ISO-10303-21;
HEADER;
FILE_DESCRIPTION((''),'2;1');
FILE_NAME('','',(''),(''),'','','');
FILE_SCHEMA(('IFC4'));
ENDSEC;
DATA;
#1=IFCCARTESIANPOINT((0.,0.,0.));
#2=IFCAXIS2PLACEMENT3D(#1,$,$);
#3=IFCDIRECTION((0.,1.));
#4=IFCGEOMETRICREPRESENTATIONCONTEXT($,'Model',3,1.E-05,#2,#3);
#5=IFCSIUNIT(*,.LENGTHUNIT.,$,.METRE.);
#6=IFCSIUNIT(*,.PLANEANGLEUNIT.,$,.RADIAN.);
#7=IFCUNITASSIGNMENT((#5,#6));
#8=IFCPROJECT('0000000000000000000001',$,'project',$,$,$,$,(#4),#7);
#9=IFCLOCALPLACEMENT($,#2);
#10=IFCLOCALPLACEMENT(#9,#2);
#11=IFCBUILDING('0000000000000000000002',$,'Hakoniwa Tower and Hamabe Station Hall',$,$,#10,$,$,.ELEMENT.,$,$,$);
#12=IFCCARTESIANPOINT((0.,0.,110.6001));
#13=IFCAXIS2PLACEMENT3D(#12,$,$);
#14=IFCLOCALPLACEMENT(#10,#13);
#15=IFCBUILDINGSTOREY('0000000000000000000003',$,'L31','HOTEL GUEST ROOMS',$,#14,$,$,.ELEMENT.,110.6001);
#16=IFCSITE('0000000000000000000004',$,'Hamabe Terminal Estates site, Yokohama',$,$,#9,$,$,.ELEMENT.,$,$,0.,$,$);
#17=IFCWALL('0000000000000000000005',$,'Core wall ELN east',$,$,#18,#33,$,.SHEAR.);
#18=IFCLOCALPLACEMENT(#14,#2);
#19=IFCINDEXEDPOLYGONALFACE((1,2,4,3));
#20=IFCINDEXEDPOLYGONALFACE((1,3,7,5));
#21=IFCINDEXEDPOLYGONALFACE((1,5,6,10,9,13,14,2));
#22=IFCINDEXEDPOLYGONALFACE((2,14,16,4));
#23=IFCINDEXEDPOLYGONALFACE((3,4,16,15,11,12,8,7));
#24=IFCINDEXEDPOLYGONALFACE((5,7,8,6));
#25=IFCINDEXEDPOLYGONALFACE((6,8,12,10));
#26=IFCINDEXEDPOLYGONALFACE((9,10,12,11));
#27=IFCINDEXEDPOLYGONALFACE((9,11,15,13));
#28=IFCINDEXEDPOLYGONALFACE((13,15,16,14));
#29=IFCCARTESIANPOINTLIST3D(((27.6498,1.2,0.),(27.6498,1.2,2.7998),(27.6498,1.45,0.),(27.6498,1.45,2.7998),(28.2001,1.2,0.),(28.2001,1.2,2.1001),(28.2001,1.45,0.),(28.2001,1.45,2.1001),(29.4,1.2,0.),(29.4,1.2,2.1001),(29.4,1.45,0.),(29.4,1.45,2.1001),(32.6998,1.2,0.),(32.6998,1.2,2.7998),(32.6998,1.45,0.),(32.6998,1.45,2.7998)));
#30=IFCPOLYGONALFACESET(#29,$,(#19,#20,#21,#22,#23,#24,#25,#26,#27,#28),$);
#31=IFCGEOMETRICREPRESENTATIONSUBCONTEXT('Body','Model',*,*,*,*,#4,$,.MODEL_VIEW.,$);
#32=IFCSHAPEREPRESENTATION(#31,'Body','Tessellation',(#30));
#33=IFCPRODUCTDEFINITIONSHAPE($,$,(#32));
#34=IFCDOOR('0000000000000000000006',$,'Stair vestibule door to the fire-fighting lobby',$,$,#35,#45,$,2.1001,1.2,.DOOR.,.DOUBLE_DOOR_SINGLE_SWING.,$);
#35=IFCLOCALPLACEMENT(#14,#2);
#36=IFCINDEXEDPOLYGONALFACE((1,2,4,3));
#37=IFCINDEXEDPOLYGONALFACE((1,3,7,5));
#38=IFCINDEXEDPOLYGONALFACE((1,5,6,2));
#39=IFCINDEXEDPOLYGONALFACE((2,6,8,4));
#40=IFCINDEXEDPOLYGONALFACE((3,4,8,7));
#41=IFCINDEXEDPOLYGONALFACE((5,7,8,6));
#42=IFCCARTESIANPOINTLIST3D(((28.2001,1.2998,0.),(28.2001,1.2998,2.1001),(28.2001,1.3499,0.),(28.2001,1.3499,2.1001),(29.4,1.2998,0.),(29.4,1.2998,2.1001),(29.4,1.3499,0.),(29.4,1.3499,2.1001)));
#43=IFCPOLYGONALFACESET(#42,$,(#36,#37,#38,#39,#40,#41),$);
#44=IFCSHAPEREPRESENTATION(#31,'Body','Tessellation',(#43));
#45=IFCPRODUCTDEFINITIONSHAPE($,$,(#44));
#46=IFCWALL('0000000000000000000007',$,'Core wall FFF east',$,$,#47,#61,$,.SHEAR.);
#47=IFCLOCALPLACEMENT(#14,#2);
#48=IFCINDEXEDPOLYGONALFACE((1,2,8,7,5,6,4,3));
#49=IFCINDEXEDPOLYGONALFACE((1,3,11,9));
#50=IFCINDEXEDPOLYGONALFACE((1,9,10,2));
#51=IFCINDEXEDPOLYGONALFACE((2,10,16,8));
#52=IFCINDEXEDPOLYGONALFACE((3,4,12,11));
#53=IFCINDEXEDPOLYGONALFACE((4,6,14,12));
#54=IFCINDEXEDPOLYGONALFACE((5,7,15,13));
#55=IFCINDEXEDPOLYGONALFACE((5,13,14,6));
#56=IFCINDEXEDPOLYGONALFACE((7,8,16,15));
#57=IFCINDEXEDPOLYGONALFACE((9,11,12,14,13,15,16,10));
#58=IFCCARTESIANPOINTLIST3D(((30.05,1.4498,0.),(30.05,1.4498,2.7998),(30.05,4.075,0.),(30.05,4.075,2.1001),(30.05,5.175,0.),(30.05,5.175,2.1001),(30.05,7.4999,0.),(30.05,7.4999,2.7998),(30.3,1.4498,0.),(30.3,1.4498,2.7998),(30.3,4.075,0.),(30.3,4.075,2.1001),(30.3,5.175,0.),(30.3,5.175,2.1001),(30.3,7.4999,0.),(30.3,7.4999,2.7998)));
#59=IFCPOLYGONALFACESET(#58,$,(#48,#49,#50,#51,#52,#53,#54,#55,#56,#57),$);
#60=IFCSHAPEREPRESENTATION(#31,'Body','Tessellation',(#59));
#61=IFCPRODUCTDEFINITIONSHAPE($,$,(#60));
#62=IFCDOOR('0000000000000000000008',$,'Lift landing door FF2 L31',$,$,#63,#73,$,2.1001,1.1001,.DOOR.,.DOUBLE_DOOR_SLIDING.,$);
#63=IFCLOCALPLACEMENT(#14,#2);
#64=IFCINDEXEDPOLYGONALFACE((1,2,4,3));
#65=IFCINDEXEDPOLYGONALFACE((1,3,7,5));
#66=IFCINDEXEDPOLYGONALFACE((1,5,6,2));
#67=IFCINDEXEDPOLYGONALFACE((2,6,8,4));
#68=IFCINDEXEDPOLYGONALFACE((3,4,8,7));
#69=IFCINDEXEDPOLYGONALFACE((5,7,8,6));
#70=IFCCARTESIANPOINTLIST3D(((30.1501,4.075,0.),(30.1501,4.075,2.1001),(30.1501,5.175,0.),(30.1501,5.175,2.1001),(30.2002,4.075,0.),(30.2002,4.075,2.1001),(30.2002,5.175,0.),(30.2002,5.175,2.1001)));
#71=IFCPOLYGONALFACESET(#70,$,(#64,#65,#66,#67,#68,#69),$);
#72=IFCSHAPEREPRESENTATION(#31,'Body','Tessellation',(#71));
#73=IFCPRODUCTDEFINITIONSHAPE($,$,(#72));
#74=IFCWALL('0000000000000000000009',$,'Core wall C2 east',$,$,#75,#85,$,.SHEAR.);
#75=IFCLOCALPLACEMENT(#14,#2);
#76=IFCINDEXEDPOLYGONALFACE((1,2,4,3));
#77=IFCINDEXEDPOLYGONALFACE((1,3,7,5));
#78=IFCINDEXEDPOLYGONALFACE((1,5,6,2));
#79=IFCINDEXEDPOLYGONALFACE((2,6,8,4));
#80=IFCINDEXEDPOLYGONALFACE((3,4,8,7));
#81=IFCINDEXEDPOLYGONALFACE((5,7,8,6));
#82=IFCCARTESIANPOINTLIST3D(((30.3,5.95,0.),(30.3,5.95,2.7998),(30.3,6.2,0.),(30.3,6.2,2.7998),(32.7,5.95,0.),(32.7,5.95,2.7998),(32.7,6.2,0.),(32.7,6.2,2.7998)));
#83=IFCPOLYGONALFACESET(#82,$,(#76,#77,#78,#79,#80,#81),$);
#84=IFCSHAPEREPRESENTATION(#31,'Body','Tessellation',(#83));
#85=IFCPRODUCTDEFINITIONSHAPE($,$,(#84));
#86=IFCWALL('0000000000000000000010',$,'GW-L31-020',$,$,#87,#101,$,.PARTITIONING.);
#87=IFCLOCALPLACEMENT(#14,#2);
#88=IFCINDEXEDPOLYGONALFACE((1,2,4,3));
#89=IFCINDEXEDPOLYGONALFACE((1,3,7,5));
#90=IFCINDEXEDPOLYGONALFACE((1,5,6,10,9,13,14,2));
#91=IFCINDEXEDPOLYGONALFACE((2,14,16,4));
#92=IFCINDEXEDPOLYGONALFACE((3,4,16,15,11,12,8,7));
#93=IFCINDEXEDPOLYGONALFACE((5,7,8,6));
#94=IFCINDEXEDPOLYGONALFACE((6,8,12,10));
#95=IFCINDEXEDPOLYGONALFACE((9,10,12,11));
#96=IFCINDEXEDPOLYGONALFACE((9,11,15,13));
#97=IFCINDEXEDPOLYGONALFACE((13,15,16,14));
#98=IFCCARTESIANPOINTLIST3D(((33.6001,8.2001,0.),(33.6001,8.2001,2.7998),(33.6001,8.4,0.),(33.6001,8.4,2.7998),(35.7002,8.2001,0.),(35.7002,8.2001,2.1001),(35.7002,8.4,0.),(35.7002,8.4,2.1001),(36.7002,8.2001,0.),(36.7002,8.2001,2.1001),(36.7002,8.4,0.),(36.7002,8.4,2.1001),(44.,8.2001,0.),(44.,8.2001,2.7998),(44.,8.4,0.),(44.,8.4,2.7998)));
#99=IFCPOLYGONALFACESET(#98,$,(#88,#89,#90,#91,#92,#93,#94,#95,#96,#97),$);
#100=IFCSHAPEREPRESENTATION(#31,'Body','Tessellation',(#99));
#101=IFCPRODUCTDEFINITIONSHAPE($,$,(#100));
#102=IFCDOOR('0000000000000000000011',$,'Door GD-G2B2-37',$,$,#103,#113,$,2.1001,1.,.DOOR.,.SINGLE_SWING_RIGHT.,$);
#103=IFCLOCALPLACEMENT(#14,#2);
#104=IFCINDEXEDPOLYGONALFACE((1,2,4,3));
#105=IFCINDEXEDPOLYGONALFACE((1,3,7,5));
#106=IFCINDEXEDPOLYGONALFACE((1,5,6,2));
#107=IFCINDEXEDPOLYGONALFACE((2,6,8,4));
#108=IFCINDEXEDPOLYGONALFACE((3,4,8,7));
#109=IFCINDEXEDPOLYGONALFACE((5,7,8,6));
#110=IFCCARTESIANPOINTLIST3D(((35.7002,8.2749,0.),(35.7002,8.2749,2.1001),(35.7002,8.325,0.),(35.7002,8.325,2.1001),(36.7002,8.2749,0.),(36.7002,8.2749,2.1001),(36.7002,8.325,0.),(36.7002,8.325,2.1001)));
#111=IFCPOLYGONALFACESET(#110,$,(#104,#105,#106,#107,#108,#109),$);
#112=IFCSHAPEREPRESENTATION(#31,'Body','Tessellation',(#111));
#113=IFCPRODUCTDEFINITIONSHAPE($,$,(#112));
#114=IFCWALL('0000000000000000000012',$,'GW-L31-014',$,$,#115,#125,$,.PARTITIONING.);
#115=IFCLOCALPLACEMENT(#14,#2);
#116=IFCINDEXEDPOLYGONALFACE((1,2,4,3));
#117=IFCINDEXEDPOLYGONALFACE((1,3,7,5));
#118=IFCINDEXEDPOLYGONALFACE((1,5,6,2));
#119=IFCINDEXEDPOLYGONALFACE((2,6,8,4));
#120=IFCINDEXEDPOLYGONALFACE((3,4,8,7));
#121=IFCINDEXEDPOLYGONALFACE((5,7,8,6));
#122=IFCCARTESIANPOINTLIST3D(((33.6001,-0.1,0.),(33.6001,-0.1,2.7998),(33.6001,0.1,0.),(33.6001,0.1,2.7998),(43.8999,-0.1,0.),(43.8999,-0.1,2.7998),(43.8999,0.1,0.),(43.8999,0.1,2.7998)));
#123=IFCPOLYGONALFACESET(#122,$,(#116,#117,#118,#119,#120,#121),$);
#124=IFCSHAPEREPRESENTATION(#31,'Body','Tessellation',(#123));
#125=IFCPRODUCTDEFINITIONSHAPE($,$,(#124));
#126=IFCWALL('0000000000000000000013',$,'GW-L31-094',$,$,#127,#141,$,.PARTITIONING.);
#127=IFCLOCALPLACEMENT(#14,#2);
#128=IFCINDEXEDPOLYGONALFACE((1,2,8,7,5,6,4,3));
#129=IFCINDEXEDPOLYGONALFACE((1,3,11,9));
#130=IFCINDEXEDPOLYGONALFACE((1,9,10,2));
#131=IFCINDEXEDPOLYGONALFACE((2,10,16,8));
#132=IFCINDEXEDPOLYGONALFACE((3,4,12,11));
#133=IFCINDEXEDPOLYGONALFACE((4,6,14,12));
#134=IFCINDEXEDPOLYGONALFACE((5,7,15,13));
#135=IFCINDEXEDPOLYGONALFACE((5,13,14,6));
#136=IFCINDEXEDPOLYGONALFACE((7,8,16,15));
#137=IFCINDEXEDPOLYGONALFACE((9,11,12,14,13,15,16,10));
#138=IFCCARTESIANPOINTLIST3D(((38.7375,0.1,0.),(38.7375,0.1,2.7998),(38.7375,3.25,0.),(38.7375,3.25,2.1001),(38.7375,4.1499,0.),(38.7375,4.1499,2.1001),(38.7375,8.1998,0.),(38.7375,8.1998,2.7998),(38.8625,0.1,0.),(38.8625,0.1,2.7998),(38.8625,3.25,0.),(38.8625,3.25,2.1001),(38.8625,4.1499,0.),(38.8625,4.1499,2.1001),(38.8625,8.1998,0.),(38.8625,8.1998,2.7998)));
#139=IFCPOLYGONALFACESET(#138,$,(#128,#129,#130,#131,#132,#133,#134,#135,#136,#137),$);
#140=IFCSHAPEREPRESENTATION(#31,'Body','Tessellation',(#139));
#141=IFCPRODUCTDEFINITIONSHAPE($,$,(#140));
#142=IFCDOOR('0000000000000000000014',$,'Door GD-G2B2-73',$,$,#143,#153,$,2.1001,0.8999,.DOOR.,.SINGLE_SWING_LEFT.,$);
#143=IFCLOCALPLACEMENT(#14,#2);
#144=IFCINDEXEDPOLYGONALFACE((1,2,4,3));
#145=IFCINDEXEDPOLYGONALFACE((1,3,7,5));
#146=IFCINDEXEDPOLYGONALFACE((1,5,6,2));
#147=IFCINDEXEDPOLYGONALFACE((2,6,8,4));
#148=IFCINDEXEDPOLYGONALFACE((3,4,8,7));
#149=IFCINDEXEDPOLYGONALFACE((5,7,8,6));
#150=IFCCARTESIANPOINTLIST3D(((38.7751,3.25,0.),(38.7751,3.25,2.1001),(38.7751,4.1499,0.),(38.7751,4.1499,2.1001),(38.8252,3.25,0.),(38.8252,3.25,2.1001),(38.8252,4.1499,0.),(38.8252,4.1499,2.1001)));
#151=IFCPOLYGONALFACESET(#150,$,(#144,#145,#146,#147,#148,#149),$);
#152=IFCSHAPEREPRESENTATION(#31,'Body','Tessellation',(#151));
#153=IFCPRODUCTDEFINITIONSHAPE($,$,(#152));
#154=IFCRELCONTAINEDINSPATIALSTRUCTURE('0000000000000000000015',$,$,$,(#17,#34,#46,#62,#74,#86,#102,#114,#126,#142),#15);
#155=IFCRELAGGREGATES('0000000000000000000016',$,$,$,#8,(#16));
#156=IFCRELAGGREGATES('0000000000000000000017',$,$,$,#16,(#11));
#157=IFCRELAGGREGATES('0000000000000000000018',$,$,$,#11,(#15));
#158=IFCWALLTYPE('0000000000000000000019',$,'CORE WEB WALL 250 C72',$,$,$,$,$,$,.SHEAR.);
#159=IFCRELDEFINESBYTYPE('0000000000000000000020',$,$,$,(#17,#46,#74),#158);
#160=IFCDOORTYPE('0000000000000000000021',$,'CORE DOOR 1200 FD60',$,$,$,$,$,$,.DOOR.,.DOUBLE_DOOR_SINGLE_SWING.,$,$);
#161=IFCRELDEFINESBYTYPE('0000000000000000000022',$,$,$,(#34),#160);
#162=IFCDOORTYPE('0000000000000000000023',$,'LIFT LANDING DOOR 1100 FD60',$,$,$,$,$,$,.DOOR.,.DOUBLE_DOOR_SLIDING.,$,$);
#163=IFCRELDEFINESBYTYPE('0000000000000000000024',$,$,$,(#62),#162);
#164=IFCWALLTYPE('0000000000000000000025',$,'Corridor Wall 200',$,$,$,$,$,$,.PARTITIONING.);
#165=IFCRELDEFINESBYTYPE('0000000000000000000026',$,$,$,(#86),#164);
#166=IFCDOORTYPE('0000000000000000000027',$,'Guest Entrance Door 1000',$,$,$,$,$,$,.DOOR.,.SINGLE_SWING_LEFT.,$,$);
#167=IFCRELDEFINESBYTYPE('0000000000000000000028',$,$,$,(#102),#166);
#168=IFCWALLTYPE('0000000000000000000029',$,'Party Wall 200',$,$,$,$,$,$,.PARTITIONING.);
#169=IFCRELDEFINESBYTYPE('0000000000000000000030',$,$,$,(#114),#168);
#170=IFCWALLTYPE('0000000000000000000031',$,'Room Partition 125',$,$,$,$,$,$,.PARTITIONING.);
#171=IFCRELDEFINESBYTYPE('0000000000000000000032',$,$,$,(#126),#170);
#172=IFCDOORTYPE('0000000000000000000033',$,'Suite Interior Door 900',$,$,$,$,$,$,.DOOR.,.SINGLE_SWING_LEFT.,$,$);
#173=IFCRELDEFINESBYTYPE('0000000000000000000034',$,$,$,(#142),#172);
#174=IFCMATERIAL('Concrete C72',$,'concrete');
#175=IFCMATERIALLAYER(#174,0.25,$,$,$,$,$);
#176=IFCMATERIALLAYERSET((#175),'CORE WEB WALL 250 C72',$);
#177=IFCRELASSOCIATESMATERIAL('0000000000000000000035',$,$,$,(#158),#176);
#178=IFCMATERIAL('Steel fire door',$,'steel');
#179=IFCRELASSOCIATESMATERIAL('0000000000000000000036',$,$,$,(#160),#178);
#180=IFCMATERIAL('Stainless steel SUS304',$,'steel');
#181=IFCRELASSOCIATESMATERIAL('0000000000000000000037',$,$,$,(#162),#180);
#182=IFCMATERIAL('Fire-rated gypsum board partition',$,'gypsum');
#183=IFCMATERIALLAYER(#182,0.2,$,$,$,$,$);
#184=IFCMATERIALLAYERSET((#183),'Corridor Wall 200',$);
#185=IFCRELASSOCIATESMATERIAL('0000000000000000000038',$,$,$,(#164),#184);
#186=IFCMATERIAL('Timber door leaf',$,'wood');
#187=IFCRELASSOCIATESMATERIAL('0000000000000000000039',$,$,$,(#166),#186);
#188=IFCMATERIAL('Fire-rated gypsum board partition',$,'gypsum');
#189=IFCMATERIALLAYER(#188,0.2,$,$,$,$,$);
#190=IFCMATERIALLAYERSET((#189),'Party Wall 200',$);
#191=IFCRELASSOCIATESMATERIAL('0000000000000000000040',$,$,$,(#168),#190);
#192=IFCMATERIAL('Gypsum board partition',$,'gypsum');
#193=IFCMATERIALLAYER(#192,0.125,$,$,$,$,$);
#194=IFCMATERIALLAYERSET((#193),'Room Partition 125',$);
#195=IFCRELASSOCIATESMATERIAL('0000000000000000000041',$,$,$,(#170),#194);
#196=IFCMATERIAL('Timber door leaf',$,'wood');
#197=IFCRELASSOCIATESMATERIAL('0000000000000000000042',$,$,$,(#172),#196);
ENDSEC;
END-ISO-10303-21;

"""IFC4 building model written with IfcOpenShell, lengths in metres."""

from ifc_helpers import new_model, si_unit, direction, frame, frame_2d, origin, place, context, subcontext, project, spatial, rectangle, extrude, material, layer, layer_set, type_object, element, fill, save


model = new_model("IFC4")

# Units and contexts
model_context = context("Model", 3, precision=1e-05, world=origin(), true_north=direction((0.0, 1.0)))
body_context = subcontext(model_context, "Body", "Model", "MODEL_VIEW")
ifc_project = project(units=[si_unit("LENGTHUNIT", "METRE"), si_unit("PLANEANGLEUNIT", "RADIAN")], contexts=[model_context])

# Site, building, storey
site_placement = place(None, origin())
site = spatial("IfcSite", under=ifc_project, at=site_placement, Name="Hamabe Terminal Estates site, Yokohama", CompositionType="ELEMENT", RefElevation=0.0)
building_placement = place(site_placement, origin())
building = spatial("IfcBuilding", under=site, at=building_placement, Name="Hakoniwa Tower and Hamabe Station Hall", CompositionType="ELEMENT")
storey_placement = place(building_placement, frame((0.0, 0.0, 110.6001)))
storey = spatial("IfcBuildingStorey", under=building, at=storey_placement, Name="L31", Description="HOTEL GUEST ROOMS", CompositionType="ELEMENT", Elevation=110.6001)

# Shared definitions
ifc_material_1 = material(Name="Concrete C72", Category="concrete")
ifc_layer_1 = layer(ifc_material_1, 0.25)
ifc_layer_set_1 = layer_set([ifc_layer_1], Name="CORE WEB WALL 250 C72")
wall_type_1 = type_object("IfcWallType", Name="CORE WEB WALL 250 C72", PredefinedType="SHEAR", material=ifc_layer_set_1)

# Walls, openings, doors
ifc_material_2 = material(Name="Steel fire door", Category="steel")
door_type_1 = type_object("IfcDoorType", Name="CORE DOOR 1200 FD60", OperationType="DOUBLE_DOOR_SINGLE_SWING", PredefinedType="DOOR", material=ifc_material_2)
wall_1_placement = place(storey_placement, frame((27.6499, 1.325, 0.0), z_axis=(0.0, 0.0, 1.0), x_axis=(1.0, 0.0, 0.0)))
wall_1 = element("IfcWall", 1, at=wall_1_placement, inside=storey, type_object=wall_type_1, Name="Core wall ELN east", PredefinedType="SHEAR", context=body_context, shape_type="SweptSolid", body=[
    extrude(rectangle(XDim=5.05, YDim=0.25, at=frame_2d((2.5249, 0.0))), origin(), (0.0, 0.0, 1.0), 2.7998),
])
opening_1_placement = place(wall_1_placement, frame((0.55, 0.0, 0.0)))
opening_1 = element("IfcOpeningElement", 2, at=opening_1_placement, cuts=wall_1, PredefinedType="OPENING", context=body_context, shape_type="SweptSolid", body=[
    extrude(rectangle(XDim=1.2, YDim=2.1001, at=frame_2d((0.6001, 1.05))), frame((0.0, 0.135, 0.0), z_axis=(0.0, -1.0, 0.0), x_axis=(1.0, 0.0, 0.0)), (0.0, 0.0, 1.0), 0.27),
])
door_1_placement = place(opening_1_placement, origin())
door_1 = element("IfcDoor", 3, at=door_1_placement, inside=storey, type_object=door_type_1, Name="Stair vestibule door to the fire-fighting lobby", OperationType="DOUBLE_DOOR_SINGLE_SWING", OverallHeight=2.1001, OverallWidth=1.2, PredefinedType="DOOR", context=body_context, shape_type="SweptSolid", body=[
    extrude(rectangle(XDim=1.2, YDim=2.1001, at=frame_2d((0.6001, 1.05))), frame((0.0, 0.0249, 0.0), z_axis=(0.0, -1.0, 0.0), x_axis=(1.0, 0.0, 0.0)), (0.0, 0.0, 1.0), 0.05),
])
fill(opening_1, door_1)
wall_2_placement = place(storey_placement, frame((30.175, 1.45, 0.0), z_axis=(0.0, 0.0, 1.0), x_axis=(0.0, 1.0, 0.0)))
wall_2 = element("IfcWall", 4, at=wall_2_placement, inside=storey, type_object=wall_type_1, Name="Core wall FFF east", PredefinedType="SHEAR", context=body_context, shape_type="SweptSolid", body=[
    extrude(rectangle(XDim=6.05, YDim=0.25, at=frame_2d((3.0249, 0.0))), origin(), (0.0, 0.0, 1.0), 2.7998),
])
opening_2_placement = place(wall_2_placement, frame((2.625, 0.0, 0.0)))
opening_2 = element("IfcOpeningElement", 5, at=opening_2_placement, cuts=wall_2, PredefinedType="OPENING", context=body_context, shape_type="SweptSolid", body=[
    extrude(rectangle(XDim=1.1001, YDim=2.1001, at=frame_2d((0.55, 1.05))), frame((0.0, 0.135, 0.0), z_axis=(0.0, -1.0, 0.0), x_axis=(1.0, 0.0, 0.0)), (0.0, 0.0, 1.0), 0.27),
])
ifc_material_3 = material(Name="Stainless steel SUS304", Category="steel")
door_type_2 = type_object("IfcDoorType", Name="LIFT LANDING DOOR 1100 FD60", OperationType="DOUBLE_DOOR_SLIDING", PredefinedType="DOOR", material=ifc_material_3)
door_2_placement = place(opening_2_placement, origin())
door_2 = element("IfcDoor", 6, at=door_2_placement, inside=storey, type_object=door_type_2, Name="Lift landing door FF2 L31", OperationType="DOUBLE_DOOR_SLIDING", OverallHeight=2.1001, OverallWidth=1.1001, PredefinedType="DOOR", context=body_context, shape_type="SweptSolid", body=[
    extrude(rectangle(XDim=1.1001, YDim=2.1001, at=frame_2d((0.55, 1.05))), frame((0.0, 0.0249, 0.0), z_axis=(0.0, -1.0, 0.0), x_axis=(1.0, 0.0, 0.0)), (0.0, 0.0, 1.0), 0.05),
])
fill(opening_2, door_2)

# Wall
wall_3_placement = place(storey_placement, frame((30.3, 6.075, 0.0), z_axis=(0.0, 0.0, 1.0), x_axis=(1.0, 0.0, 0.0)))
element("IfcWall", 7, at=wall_3_placement, inside=storey, type_object=wall_type_1, Name="Core wall C2 east", PredefinedType="SHEAR", context=body_context, shape_type="SweptSolid", body=[
    extrude(rectangle(XDim=2.3999, YDim=0.25, at=frame_2d((1.2, 0.0))), origin(), (0.0, 0.0, 1.0), 2.7998),
])

# Wall, opening, door
ifc_material_4 = material(Name="Fire-rated gypsum board partition", Category="gypsum")
ifc_layer_2 = layer(ifc_material_4, 0.2)
ifc_layer_set_2 = layer_set([ifc_layer_2], Name="Corridor Wall 200")
wall_type_2 = type_object("IfcWallType", Name="Corridor Wall 200", PredefinedType="PARTITIONING", material=ifc_layer_set_2)
wall_4_placement = place(storey_placement, frame((33.6001, 8.3, 0.0), z_axis=(0.0, 0.0, 1.0), x_axis=(1.0, 0.0, 0.0)))
wall_4 = element("IfcWall", 8, at=wall_4_placement, inside=storey, type_object=wall_type_2, Name="GW-L31-020", PredefinedType="PARTITIONING", context=body_context, shape_type="SweptSolid", body=[
    extrude(rectangle(XDim=10.3999, YDim=0.2, at=frame_2d((5.2, 0.0))), origin(), (0.0, 0.0, 1.0), 2.7998),
])
opening_3_placement = place(wall_4_placement, frame((2.1001, 0.0, 0.0)))
opening_3 = element("IfcOpeningElement", 9, at=opening_3_placement, cuts=wall_4, PredefinedType="OPENING", context=body_context, shape_type="SweptSolid", body=[
    extrude(rectangle(XDim=1.0, YDim=2.1001, at=frame_2d((0.5, 1.05))), frame((0.0, 0.1099, 0.0), z_axis=(0.0, -1.0, 0.0), x_axis=(1.0, 0.0, 0.0)), (0.0, 0.0, 1.0), 0.22),
])
ifc_material_5 = material(Name="Timber door leaf", Category="wood")
door_type_3 = type_object("IfcDoorType", Name="Guest Entrance Door 1000", OperationType="SINGLE_SWING_LEFT", PredefinedType="DOOR", material=ifc_material_5)
door_3_placement = place(opening_3_placement, origin())
door_3 = element("IfcDoor", 10, at=door_3_placement, inside=storey, type_object=door_type_3, Name="Door GD-G2B2-37", OperationType="SINGLE_SWING_RIGHT", OverallHeight=2.1001, OverallWidth=1.0, PredefinedType="DOOR", context=body_context, shape_type="SweptSolid", body=[
    extrude(rectangle(XDim=1.0, YDim=2.1001, at=frame_2d((0.5, 1.05))), frame((0.0, 0.0249, 0.0), z_axis=(0.0, -1.0, 0.0), x_axis=(1.0, 0.0, 0.0)), (0.0, 0.0, 1.0), 0.05),
])
fill(opening_3, door_3)

# Wall
ifc_material_6 = material(Name="Fire-rated gypsum board partition", Category="gypsum")
ifc_layer_3 = layer(ifc_material_6, 0.2)
ifc_layer_set_3 = layer_set([ifc_layer_3], Name="Party Wall 200")
wall_type_3 = type_object("IfcWallType", Name="Party Wall 200", PredefinedType="PARTITIONING", material=ifc_layer_set_3)
wall_5_placement = place(storey_placement, frame((33.6001, 0.0, 0.0), z_axis=(0.0, 0.0, 1.0), x_axis=(1.0, 0.0, 0.0)))
element("IfcWall", 11, at=wall_5_placement, inside=storey, type_object=wall_type_3, Name="GW-L31-014", PredefinedType="PARTITIONING", context=body_context, shape_type="SweptSolid", body=[
    extrude(rectangle(XDim=10.2998, YDim=0.2, at=frame_2d((5.1499, 0.0))), origin(), (0.0, 0.0, 1.0), 2.7998),
])

# Wall, opening, door
ifc_material_7 = material(Name="Gypsum board partition", Category="gypsum")
ifc_layer_4 = layer(ifc_material_7, 0.125)
ifc_layer_set_4 = layer_set([ifc_layer_4], Name="Room Partition 125")
wall_type_4 = type_object("IfcWallType", Name="Room Partition 125", PredefinedType="PARTITIONING", material=ifc_layer_set_4)
wall_6_placement = place(storey_placement, frame((38.8, 0.1001, 0.0), z_axis=(0.0, 0.0, 1.0), x_axis=(0.0, 1.0, 0.0)))
wall_6 = element("IfcWall", 12, at=wall_6_placement, inside=storey, type_object=wall_type_4, Name="GW-L31-094", PredefinedType="PARTITIONING", context=body_context, shape_type="SweptSolid", body=[
    extrude(rectangle(XDim=8.0999, YDim=0.125, at=frame_2d((4.0498, 0.0))), origin(), (0.0, 0.0, 1.0), 2.7998),
])
opening_4_placement = place(wall_6_placement, frame((3.1499, 0.0, 0.0)))
opening_4 = element("IfcOpeningElement", 13, at=opening_4_placement, cuts=wall_6, PredefinedType="OPENING", context=body_context, shape_type="SweptSolid", body=[
    extrude(rectangle(XDim=0.8999, YDim=2.1001, at=frame_2d((0.45, 1.05))), frame((0.0, 0.0725, 0.0), z_axis=(0.0, -1.0, 0.0), x_axis=(1.0, 0.0, 0.0)), (0.0, 0.0, 1.0), 0.145),
])
ifc_material_8 = material(Name="Timber door leaf", Category="wood")
door_type_4 = type_object("IfcDoorType", Name="Suite Interior Door 900", OperationType="SINGLE_SWING_LEFT", PredefinedType="DOOR", material=ifc_material_8)
door_4_placement = place(opening_4_placement, origin())
door_4 = element("IfcDoor", 14, at=door_4_placement, inside=storey, type_object=door_type_4, Name="Door GD-G2B2-73", OperationType="SINGLE_SWING_LEFT", OverallHeight=2.1001, OverallWidth=0.8999, PredefinedType="DOOR", context=body_context, shape_type="SweptSolid", body=[
    extrude(rectangle(XDim=0.8999, YDim=2.1001, at=frame_2d((0.45, 1.05))), frame((0.0, 0.0249, 0.0), z_axis=(0.0, -1.0, 0.0), x_axis=(1.0, 0.0, 0.0)), (0.0, 0.0, 1.0), 0.05),
])
fill(opening_4, door_4)

save(model, "model.ifc")
